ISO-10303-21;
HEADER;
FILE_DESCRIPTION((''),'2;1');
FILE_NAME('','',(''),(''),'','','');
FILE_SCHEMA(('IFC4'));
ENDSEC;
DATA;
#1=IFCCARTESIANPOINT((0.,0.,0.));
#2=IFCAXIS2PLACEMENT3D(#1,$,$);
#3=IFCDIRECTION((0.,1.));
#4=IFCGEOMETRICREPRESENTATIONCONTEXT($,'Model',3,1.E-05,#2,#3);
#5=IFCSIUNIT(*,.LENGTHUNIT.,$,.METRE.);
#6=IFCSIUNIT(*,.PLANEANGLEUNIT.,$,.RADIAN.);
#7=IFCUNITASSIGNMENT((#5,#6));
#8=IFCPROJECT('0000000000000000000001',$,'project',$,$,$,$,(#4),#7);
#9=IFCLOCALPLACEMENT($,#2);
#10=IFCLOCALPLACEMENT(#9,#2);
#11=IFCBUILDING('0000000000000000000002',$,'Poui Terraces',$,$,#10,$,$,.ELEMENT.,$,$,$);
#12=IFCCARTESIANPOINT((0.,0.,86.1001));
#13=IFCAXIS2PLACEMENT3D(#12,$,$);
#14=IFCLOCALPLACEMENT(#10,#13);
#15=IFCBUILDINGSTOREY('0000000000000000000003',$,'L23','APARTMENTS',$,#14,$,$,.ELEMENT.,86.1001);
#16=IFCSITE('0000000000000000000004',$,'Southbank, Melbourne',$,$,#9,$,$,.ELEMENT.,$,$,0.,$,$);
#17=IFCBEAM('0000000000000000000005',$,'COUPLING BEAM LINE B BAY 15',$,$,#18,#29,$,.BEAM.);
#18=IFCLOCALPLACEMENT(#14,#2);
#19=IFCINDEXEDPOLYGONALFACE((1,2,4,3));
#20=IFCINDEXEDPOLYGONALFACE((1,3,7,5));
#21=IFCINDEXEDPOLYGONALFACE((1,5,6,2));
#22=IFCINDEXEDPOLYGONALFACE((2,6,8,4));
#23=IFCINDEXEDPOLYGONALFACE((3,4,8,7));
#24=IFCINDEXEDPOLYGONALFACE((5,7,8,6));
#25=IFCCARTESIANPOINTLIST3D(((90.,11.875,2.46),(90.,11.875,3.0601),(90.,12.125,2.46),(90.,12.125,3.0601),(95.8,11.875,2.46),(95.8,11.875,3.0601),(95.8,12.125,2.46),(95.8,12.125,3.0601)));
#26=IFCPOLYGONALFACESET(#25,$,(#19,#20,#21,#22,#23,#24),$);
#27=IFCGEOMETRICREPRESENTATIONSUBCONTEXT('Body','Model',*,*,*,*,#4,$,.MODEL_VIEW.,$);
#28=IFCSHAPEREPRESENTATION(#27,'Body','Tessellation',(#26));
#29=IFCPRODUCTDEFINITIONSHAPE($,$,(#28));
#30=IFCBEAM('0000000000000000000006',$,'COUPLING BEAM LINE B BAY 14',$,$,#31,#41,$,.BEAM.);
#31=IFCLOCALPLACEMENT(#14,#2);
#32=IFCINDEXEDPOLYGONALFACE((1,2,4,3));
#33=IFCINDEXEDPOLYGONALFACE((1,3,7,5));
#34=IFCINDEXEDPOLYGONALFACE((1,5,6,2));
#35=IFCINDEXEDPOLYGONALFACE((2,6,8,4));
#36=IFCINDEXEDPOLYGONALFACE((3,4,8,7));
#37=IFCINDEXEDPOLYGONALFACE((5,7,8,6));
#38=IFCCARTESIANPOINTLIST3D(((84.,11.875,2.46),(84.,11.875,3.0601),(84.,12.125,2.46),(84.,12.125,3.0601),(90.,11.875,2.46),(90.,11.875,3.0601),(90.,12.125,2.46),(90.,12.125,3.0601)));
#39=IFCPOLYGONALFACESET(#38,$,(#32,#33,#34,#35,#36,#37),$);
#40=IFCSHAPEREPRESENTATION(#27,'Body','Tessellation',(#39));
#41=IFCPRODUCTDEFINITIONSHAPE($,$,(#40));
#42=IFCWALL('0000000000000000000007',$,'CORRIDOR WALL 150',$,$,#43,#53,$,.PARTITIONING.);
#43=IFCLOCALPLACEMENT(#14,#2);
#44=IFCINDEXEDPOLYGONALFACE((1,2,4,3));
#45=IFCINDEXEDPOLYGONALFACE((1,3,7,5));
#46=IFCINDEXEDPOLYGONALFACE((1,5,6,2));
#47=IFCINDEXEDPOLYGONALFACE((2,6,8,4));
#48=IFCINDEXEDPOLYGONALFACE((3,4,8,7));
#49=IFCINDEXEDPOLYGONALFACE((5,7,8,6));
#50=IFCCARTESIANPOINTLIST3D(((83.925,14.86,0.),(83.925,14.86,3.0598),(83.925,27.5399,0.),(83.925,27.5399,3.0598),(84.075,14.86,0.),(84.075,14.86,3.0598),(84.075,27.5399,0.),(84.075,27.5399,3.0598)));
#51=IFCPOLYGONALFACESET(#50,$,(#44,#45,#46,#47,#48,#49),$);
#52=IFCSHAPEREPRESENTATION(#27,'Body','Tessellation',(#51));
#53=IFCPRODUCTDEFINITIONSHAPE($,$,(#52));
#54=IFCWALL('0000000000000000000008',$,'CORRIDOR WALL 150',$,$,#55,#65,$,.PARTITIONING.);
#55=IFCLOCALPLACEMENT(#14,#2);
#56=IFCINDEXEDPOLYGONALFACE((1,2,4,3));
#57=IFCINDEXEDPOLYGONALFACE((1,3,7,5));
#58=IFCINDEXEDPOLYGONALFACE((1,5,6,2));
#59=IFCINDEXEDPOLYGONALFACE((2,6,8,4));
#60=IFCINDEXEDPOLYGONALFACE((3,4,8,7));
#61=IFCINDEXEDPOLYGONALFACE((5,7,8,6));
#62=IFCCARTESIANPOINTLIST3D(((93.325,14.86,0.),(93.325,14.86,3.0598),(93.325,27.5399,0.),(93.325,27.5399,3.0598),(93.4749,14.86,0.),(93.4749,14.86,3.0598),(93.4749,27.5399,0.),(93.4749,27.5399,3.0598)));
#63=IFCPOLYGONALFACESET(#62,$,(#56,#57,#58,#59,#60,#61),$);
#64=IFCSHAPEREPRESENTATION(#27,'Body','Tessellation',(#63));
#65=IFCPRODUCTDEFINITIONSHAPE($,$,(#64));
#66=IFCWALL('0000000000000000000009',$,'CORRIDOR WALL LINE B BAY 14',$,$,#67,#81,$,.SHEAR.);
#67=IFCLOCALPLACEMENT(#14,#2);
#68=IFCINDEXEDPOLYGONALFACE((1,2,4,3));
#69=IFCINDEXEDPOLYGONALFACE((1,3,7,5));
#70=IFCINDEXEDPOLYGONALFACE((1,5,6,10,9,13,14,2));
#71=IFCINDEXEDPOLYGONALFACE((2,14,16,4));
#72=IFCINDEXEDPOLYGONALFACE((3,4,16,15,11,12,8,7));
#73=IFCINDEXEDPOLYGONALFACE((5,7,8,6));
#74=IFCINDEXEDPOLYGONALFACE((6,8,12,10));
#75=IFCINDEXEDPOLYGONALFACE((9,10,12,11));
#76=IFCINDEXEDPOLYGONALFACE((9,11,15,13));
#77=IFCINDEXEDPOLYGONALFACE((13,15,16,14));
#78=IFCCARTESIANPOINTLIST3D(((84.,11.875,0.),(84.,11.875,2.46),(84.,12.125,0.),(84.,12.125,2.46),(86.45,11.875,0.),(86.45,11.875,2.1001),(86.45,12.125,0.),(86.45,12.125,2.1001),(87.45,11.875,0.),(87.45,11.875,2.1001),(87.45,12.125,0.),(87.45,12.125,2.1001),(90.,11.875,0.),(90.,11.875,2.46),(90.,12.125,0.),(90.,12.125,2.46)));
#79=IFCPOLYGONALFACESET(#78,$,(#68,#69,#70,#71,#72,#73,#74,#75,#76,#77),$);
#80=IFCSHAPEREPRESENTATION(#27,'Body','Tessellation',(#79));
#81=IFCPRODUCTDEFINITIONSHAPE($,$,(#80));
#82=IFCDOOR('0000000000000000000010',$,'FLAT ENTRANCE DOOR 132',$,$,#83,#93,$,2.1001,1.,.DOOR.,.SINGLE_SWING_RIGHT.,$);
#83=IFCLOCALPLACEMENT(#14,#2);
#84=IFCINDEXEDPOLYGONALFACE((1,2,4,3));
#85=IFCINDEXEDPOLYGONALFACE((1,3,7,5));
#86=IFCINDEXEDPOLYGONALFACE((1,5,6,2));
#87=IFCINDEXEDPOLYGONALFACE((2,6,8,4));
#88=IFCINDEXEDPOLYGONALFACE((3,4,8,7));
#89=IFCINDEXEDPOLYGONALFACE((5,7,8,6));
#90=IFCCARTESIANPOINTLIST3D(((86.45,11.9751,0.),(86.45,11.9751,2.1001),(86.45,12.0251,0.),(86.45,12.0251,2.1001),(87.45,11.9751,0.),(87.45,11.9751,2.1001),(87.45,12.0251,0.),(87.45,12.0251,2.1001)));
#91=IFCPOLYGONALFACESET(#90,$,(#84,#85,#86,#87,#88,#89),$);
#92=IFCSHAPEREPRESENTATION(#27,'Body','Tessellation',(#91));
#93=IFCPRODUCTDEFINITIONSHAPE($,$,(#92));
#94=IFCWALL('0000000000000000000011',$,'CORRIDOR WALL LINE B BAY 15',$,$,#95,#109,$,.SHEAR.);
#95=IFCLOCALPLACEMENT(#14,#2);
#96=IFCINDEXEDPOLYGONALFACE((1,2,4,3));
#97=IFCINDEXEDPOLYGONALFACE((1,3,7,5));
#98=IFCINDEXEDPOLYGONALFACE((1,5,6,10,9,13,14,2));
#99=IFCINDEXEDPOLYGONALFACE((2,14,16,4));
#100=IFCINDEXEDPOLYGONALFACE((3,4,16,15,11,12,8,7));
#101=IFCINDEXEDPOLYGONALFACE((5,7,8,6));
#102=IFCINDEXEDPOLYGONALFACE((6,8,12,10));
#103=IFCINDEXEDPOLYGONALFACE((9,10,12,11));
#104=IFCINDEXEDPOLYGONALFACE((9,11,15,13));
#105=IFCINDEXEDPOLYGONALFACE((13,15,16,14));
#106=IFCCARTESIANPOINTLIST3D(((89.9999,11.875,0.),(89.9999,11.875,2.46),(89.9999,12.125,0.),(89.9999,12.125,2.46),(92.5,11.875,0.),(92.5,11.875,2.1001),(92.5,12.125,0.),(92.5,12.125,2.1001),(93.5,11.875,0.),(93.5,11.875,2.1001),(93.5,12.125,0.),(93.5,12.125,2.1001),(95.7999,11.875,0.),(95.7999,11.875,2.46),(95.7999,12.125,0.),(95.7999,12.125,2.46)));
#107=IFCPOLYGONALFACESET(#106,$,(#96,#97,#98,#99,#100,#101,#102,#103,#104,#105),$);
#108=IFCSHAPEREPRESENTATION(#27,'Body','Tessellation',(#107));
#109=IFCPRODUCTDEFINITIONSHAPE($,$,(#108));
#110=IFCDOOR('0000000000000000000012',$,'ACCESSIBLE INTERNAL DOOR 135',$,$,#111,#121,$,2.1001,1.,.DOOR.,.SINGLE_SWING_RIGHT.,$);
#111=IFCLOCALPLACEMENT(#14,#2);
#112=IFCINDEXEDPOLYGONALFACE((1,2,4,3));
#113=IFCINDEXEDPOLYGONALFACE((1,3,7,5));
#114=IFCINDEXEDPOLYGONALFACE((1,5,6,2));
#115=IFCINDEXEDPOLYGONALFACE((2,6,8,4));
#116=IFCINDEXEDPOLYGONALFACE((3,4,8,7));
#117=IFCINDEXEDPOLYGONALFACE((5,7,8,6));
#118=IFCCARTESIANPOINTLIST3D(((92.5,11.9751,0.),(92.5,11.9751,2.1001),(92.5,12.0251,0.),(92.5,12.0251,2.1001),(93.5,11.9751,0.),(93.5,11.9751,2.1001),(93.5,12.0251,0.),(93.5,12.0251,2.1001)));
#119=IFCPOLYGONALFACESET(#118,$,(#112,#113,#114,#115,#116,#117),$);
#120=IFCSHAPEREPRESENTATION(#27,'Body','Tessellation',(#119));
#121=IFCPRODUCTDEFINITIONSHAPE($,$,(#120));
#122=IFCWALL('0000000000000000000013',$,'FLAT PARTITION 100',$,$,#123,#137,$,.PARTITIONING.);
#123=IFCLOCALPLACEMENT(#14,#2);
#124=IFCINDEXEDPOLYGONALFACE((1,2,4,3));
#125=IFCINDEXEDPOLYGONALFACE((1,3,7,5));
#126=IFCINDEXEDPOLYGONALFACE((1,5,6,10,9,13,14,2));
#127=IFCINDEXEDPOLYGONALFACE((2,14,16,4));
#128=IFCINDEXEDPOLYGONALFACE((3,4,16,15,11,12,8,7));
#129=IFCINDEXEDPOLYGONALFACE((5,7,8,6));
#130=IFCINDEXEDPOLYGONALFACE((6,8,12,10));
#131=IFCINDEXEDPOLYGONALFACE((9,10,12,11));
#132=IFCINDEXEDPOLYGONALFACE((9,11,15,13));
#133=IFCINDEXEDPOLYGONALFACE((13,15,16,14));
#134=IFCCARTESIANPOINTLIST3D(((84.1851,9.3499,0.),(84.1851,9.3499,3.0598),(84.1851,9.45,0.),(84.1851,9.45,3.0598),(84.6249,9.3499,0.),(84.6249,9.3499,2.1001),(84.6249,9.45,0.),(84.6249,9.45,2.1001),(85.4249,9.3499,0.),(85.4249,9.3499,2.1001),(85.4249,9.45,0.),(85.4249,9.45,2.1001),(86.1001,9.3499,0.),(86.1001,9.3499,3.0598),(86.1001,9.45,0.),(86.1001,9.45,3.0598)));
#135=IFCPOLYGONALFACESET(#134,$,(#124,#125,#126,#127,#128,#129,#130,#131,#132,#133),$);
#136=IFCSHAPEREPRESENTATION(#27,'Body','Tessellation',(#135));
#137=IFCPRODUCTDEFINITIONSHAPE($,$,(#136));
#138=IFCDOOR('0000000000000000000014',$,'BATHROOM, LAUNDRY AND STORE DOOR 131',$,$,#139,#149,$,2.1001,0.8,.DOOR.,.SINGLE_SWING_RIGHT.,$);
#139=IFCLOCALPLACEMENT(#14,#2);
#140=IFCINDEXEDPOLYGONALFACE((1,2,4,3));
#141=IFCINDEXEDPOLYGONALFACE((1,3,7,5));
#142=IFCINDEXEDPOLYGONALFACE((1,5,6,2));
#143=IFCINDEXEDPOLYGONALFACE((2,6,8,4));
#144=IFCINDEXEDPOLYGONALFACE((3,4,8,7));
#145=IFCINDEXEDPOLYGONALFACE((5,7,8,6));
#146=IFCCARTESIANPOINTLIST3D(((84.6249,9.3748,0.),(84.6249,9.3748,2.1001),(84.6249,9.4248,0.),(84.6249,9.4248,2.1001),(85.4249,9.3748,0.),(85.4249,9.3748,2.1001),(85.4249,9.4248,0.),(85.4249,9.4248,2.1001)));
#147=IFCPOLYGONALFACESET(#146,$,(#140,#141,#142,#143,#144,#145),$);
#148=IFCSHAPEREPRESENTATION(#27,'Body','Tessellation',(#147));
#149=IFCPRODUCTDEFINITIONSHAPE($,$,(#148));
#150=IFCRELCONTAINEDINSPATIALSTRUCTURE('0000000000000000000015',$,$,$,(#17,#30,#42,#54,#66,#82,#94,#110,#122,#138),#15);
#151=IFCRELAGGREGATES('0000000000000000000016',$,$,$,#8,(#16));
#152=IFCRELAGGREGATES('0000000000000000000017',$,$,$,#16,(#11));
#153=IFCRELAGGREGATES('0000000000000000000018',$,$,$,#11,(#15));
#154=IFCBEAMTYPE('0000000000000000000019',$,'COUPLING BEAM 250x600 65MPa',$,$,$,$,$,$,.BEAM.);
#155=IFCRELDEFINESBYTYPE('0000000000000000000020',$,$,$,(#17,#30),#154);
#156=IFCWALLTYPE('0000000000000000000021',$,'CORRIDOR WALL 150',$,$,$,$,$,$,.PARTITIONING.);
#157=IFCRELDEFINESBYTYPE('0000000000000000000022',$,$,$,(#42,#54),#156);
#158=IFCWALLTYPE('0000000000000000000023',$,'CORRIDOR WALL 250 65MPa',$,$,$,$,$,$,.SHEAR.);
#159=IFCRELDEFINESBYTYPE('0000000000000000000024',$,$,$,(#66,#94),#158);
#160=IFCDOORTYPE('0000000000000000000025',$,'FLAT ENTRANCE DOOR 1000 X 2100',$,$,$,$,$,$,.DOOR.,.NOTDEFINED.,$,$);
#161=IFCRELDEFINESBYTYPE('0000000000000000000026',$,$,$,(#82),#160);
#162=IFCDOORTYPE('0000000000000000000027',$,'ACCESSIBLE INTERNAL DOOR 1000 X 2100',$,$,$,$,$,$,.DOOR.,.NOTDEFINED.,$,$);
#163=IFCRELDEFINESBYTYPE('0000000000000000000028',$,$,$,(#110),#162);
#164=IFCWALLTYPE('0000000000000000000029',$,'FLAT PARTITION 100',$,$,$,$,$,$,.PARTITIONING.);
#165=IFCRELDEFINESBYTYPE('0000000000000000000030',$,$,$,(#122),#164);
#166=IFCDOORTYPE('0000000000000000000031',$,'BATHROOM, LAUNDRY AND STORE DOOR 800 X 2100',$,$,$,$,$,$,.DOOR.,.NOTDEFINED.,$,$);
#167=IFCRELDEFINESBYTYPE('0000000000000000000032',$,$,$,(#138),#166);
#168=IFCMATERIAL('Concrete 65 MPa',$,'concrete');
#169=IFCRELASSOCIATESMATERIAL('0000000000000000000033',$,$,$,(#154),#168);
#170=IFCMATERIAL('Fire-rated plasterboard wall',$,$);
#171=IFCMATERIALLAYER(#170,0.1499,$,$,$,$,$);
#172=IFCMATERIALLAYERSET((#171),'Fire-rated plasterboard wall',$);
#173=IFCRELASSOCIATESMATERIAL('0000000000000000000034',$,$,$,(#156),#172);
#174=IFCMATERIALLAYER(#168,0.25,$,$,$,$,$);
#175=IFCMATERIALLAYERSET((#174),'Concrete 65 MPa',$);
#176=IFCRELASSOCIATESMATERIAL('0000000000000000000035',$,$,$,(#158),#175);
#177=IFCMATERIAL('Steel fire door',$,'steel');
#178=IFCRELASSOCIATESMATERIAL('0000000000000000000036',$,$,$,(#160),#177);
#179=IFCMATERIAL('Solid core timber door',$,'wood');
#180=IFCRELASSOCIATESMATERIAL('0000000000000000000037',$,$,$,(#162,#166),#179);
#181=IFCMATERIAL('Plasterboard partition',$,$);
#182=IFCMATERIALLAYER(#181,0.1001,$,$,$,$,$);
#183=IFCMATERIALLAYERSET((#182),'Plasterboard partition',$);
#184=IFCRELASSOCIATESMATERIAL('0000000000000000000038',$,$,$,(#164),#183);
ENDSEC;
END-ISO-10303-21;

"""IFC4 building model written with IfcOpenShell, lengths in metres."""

from ifc_helpers import new_model, si_unit, direction, frame, frame_2d, origin, origin_2d, place, context, subcontext, project, spatial, rectangle, extrude, source, transform, mapped, material, layer, layer_set, material_profile, profile_set, type_object, element, fill, save


model = new_model("IFC4")

# Units and contexts
model_context = context("Model", 3, precision=1e-05, world=origin(), true_north=direction((0.0, 1.0)))
body_context = subcontext(model_context, "Body", "Model", "MODEL_VIEW")
ifc_project = project(units=[si_unit("LENGTHUNIT", "METRE"), si_unit("PLANEANGLEUNIT", "RADIAN")], contexts=[model_context])

# Site, building, storey
site_placement = place(None, origin())
site = spatial("IfcSite", under=ifc_project, at=site_placement, Name="Southbank, Melbourne", CompositionType="ELEMENT", RefElevation=0.0)
building_placement = place(site_placement, origin())
building = spatial("IfcBuilding", under=site, at=building_placement, Name="Poui Terraces", CompositionType="ELEMENT")
storey_placement = place(building_placement, frame((0.0, 0.0, 86.1001)))
storey = spatial("IfcBuildingStorey", under=building, at=storey_placement, Name="L23", Description="APARTMENTS", CompositionType="ELEMENT", Elevation=86.1001)

# Beams
ifc_material_1 = material(Name="Concrete 65 MPa", Category="concrete")
ifc_material_profile = material_profile(ifc_material_1, rectangle(XDim=0.25, YDim=0.6001, at=origin_2d()), Name="RC 250x600")
ifc_profile_set = profile_set([ifc_material_profile], Name="Concrete 65 MPa")
beam_type = type_object("IfcBeamType", Name="COUPLING BEAM 250x600 65MPa", PredefinedType="BEAM", material=ifc_profile_set)
shared_shape_1 = source(origin(), body_context, "Body", "SweptSolid", [
    extrude(rectangle(XDim=0.25, YDim=0.6001, at=origin_2d()), origin(), (0.0, 0.0, 1.0), 5.8),
])
beam_1_placement = place(storey_placement, frame((90.0, 12.0, 2.76), z_axis=(1.0, 0.0, 0.0), x_axis=(0.0, 1.0, 0.0)))
element("IfcBeam", 1, at=beam_1_placement, inside=storey, type_object=beam_type, Name="COUPLING BEAM LINE B BAY 15", PredefinedType="BEAM", context=body_context, shape_type="MappedRepresentation", body=[
    mapped(shared_shape_1, transform((0.0, 0.0, 0.0))),
])
shared_shape_2 = source(origin(), body_context, "Body", "SweptSolid", [
    extrude(rectangle(XDim=0.25, YDim=0.6001, at=origin_2d()), origin(), (0.0, 0.0, 1.0), 6.0),
])
beam_2_placement = place(storey_placement, frame((84.0, 12.0, 2.76), z_axis=(1.0, 0.0, 0.0), x_axis=(0.0, 1.0, 0.0)))
element("IfcBeam", 2, at=beam_2_placement, inside=storey, type_object=beam_type, Name="COUPLING BEAM LINE B BAY 14", PredefinedType="BEAM", context=body_context, shape_type="MappedRepresentation", body=[
    mapped(shared_shape_2, transform((0.0, 0.0, 0.0))),
])

# Walls
ifc_material_2 = material(Name="Fire-rated plasterboard wall")
ifc_layer_1 = layer(ifc_material_2, 0.1499)
ifc_layer_set_1 = layer_set([ifc_layer_1], Name="Fire-rated plasterboard wall")
wall_type_1 = type_object("IfcWallType", Name="CORRIDOR WALL 150", PredefinedType="PARTITIONING", material=ifc_layer_set_1)
for number, where, z_axis, x_axis, name in (
    (3, (84.0, 14.8601, 0.0), (0.0, 0.0, 1.0), (0.0, 1.0, 0.0), "CORRIDOR WALL 150"),
    (4, (93.3999, 14.8601, 0.0), (0.0, 0.0, 1.0), (0.0, 1.0, 0.0), "CORRIDOR WALL 150"),
):
    element("IfcWall", number, at=place(storey_placement, frame(where, z_axis=z_axis, x_axis=x_axis)), inside=storey, type_object=wall_type_1, Name=name, PredefinedType="PARTITIONING", context=body_context, shape_type="SweptSolid", body=[
        extrude(rectangle(XDim=12.6799, YDim=0.1499, at=frame_2d((6.3398, 0.0))), origin(), (0.0, 0.0, 1.0), 3.0598),
    ])

# Walls, openings, doors
ifc_layer_2 = layer(ifc_material_1, 0.25)
ifc_layer_set_2 = layer_set([ifc_layer_2], Name="Concrete 65 MPa")
wall_type_2 = type_object("IfcWallType", Name="CORRIDOR WALL 250 65MPa", PredefinedType="SHEAR", material=ifc_layer_set_2)
wall_1_placement = place(storey_placement, frame((84.0, 12.0, 0.0), z_axis=(0.0, 0.0, 1.0), x_axis=(1.0, 0.0, 0.0)))
wall_1 = element("IfcWall", 5, at=wall_1_placement, inside=storey, type_object=wall_type_2, Name="CORRIDOR WALL LINE B BAY 14", PredefinedType="SHEAR", context=body_context, shape_type="SweptSolid", body=[
    extrude(rectangle(XDim=6.0, YDim=0.25, at=frame_2d((3.0, 0.0))), origin(), (0.0, 0.0, 1.0), 2.46),
])
opening_1_placement = place(wall_1_placement, frame((2.45, 0.0, 0.0)))
opening_1 = element("IfcOpeningElement", 6, at=opening_1_placement, cuts=wall_1, PredefinedType="OPENING", context=body_context, shape_type="SweptSolid", body=[
    extrude(rectangle(XDim=1.0, YDim=2.1001, at=frame_2d((0.5, 1.05))), frame((0.0, 0.135, 0.0), z_axis=(0.0, -1.0, 0.0), x_axis=(1.0, 0.0, 0.0)), (0.0, 0.0, 1.0), 0.27),
])
ifc_material_3 = material(Name="Steel fire door", Category="steel")
door_type_1 = type_object("IfcDoorType", Name="FLAT ENTRANCE DOOR 1000 X 2100", OperationType="NOTDEFINED", PredefinedType="DOOR", material=ifc_material_3)
door_1_placement = place(opening_1_placement, frame((1.0, 0.0, 0.0), z_axis=(0.0, 0.0, 1.0), x_axis=(-1.0, 0.0, 0.0)))
door_1 = element("IfcDoor", 7, at=door_1_placement, inside=storey, type_object=door_type_1, Name="FLAT ENTRANCE DOOR 132", OperationType="SINGLE_SWING_RIGHT", OverallHeight=2.1001, OverallWidth=1.0, PredefinedType="DOOR", context=body_context, shape_type="SweptSolid", body=[
    extrude(rectangle(XDim=1.0, YDim=2.1001, at=frame_2d((0.5, 1.05))), frame((0.0, 0.0249, 0.0), z_axis=(0.0, -1.0, 0.0), x_axis=(1.0, 0.0, 0.0)), (0.0, 0.0, 1.0), 0.05),
])
fill(opening_1, door_1)
wall_2_placement = place(storey_placement, frame((90.0, 12.0, 0.0), z_axis=(0.0, 0.0, 1.0), x_axis=(1.0, 0.0, 0.0)))
wall_2 = element("IfcWall", 8, at=wall_2_placement, inside=storey, type_object=wall_type_2, Name="CORRIDOR WALL LINE B BAY 15", PredefinedType="SHEAR", context=body_context, shape_type="SweptSolid", body=[
    extrude(rectangle(XDim=5.8, YDim=0.25, at=frame_2d((2.8999, 0.0))), origin(), (0.0, 0.0, 1.0), 2.46),
])
opening_2_placement = place(wall_2_placement, frame((2.5, 0.0, 0.0)))
opening_2 = element("IfcOpeningElement", 9, at=opening_2_placement, cuts=wall_2, PredefinedType="OPENING", context=body_context, shape_type="SweptSolid", body=[
    extrude(rectangle(XDim=1.0, YDim=2.1001, at=frame_2d((0.5, 1.05))), frame((0.0, 0.135, 0.0), z_axis=(0.0, -1.0, 0.0), x_axis=(1.0, 0.0, 0.0)), (0.0, 0.0, 1.0), 0.27),
])
ifc_material_4 = material(Name="Solid core timber door", Category="wood")
door_type_2 = type_object("IfcDoorType", Name="ACCESSIBLE INTERNAL DOOR 1000 X 2100", OperationType="NOTDEFINED", PredefinedType="DOOR", material=ifc_material_4)
door_2_placement = place(opening_2_placement, frame((1.0, 0.0, 0.0), z_axis=(0.0, 0.0, 1.0), x_axis=(-1.0, 0.0, 0.0)))
door_2 = element("IfcDoor", 10, at=door_2_placement, inside=storey, type_object=door_type_2, Name="ACCESSIBLE INTERNAL DOOR 135", OperationType="SINGLE_SWING_RIGHT", OverallHeight=2.1001, OverallWidth=1.0, PredefinedType="DOOR", context=body_context, shape_type="SweptSolid", body=[
    extrude(rectangle(XDim=1.0, YDim=2.1001, at=frame_2d((0.5, 1.05))), frame((0.0, 0.0249, 0.0), z_axis=(0.0, -1.0, 0.0), x_axis=(1.0, 0.0, 0.0)), (0.0, 0.0, 1.0), 0.05),
])
fill(opening_2, door_2)
ifc_material_5 = material(Name="Plasterboard partition")
ifc_layer_3 = layer(ifc_material_5, 0.1001)
ifc_layer_set_3 = layer_set([ifc_layer_3], Name="Plasterboard partition")
wall_type_3 = type_object("IfcWallType", Name="FLAT PARTITION 100", PredefinedType="PARTITIONING", material=ifc_layer_set_3)
wall_3_placement = place(storey_placement, frame((84.1851, 9.3999, 0.0), z_axis=(0.0, 0.0, 1.0), x_axis=(1.0, 0.0, 0.0)))
wall_3 = element("IfcWall", 11, at=wall_3_placement, inside=storey, type_object=wall_type_3, Name="FLAT PARTITION 100", PredefinedType="PARTITIONING", context=body_context, shape_type="SweptSolid", body=[
    extrude(rectangle(XDim=1.915, YDim=0.1001, at=frame_2d((0.9575, 0.0))), origin(), (0.0, 0.0, 1.0), 3.0598),
])
opening_3_placement = place(wall_3_placement, frame((0.4399, 0.0, 0.0)))
opening_3 = element("IfcOpeningElement", 12, at=opening_3_placement, cuts=wall_3, PredefinedType="OPENING", context=body_context, shape_type="SweptSolid", body=[
    extrude(rectangle(XDim=0.8, YDim=2.1001, at=frame_2d((0.3999, 1.05))), frame((0.0, 0.0601, 0.0), z_axis=(0.0, -1.0, 0.0), x_axis=(1.0, 0.0, 0.0)), (0.0, 0.0, 1.0), 0.1201),
])
door_type_3 = type_object("IfcDoorType", Name="BATHROOM, LAUNDRY AND STORE DOOR 800 X 2100", OperationType="NOTDEFINED", PredefinedType="DOOR", material=ifc_material_4)
door_3_placement = place(opening_3_placement, origin())
door_3 = element("IfcDoor", 13, at=door_3_placement, inside=storey, type_object=door_type_3, Name="BATHROOM, LAUNDRY AND STORE DOOR 131", OperationType="SINGLE_SWING_RIGHT", OverallHeight=2.1001, OverallWidth=0.8, PredefinedType="DOOR", context=body_context, shape_type="SweptSolid", body=[
    extrude(rectangle(XDim=0.8, YDim=2.1001, at=frame_2d((0.3999, 1.05))), frame((0.0, 0.0249, 0.0), z_axis=(0.0, -1.0, 0.0), x_axis=(1.0, 0.0, 0.0)), (0.0, 0.0, 1.0), 0.05),
])
fill(opening_3, door_3)

save(model, "model.ifc")
